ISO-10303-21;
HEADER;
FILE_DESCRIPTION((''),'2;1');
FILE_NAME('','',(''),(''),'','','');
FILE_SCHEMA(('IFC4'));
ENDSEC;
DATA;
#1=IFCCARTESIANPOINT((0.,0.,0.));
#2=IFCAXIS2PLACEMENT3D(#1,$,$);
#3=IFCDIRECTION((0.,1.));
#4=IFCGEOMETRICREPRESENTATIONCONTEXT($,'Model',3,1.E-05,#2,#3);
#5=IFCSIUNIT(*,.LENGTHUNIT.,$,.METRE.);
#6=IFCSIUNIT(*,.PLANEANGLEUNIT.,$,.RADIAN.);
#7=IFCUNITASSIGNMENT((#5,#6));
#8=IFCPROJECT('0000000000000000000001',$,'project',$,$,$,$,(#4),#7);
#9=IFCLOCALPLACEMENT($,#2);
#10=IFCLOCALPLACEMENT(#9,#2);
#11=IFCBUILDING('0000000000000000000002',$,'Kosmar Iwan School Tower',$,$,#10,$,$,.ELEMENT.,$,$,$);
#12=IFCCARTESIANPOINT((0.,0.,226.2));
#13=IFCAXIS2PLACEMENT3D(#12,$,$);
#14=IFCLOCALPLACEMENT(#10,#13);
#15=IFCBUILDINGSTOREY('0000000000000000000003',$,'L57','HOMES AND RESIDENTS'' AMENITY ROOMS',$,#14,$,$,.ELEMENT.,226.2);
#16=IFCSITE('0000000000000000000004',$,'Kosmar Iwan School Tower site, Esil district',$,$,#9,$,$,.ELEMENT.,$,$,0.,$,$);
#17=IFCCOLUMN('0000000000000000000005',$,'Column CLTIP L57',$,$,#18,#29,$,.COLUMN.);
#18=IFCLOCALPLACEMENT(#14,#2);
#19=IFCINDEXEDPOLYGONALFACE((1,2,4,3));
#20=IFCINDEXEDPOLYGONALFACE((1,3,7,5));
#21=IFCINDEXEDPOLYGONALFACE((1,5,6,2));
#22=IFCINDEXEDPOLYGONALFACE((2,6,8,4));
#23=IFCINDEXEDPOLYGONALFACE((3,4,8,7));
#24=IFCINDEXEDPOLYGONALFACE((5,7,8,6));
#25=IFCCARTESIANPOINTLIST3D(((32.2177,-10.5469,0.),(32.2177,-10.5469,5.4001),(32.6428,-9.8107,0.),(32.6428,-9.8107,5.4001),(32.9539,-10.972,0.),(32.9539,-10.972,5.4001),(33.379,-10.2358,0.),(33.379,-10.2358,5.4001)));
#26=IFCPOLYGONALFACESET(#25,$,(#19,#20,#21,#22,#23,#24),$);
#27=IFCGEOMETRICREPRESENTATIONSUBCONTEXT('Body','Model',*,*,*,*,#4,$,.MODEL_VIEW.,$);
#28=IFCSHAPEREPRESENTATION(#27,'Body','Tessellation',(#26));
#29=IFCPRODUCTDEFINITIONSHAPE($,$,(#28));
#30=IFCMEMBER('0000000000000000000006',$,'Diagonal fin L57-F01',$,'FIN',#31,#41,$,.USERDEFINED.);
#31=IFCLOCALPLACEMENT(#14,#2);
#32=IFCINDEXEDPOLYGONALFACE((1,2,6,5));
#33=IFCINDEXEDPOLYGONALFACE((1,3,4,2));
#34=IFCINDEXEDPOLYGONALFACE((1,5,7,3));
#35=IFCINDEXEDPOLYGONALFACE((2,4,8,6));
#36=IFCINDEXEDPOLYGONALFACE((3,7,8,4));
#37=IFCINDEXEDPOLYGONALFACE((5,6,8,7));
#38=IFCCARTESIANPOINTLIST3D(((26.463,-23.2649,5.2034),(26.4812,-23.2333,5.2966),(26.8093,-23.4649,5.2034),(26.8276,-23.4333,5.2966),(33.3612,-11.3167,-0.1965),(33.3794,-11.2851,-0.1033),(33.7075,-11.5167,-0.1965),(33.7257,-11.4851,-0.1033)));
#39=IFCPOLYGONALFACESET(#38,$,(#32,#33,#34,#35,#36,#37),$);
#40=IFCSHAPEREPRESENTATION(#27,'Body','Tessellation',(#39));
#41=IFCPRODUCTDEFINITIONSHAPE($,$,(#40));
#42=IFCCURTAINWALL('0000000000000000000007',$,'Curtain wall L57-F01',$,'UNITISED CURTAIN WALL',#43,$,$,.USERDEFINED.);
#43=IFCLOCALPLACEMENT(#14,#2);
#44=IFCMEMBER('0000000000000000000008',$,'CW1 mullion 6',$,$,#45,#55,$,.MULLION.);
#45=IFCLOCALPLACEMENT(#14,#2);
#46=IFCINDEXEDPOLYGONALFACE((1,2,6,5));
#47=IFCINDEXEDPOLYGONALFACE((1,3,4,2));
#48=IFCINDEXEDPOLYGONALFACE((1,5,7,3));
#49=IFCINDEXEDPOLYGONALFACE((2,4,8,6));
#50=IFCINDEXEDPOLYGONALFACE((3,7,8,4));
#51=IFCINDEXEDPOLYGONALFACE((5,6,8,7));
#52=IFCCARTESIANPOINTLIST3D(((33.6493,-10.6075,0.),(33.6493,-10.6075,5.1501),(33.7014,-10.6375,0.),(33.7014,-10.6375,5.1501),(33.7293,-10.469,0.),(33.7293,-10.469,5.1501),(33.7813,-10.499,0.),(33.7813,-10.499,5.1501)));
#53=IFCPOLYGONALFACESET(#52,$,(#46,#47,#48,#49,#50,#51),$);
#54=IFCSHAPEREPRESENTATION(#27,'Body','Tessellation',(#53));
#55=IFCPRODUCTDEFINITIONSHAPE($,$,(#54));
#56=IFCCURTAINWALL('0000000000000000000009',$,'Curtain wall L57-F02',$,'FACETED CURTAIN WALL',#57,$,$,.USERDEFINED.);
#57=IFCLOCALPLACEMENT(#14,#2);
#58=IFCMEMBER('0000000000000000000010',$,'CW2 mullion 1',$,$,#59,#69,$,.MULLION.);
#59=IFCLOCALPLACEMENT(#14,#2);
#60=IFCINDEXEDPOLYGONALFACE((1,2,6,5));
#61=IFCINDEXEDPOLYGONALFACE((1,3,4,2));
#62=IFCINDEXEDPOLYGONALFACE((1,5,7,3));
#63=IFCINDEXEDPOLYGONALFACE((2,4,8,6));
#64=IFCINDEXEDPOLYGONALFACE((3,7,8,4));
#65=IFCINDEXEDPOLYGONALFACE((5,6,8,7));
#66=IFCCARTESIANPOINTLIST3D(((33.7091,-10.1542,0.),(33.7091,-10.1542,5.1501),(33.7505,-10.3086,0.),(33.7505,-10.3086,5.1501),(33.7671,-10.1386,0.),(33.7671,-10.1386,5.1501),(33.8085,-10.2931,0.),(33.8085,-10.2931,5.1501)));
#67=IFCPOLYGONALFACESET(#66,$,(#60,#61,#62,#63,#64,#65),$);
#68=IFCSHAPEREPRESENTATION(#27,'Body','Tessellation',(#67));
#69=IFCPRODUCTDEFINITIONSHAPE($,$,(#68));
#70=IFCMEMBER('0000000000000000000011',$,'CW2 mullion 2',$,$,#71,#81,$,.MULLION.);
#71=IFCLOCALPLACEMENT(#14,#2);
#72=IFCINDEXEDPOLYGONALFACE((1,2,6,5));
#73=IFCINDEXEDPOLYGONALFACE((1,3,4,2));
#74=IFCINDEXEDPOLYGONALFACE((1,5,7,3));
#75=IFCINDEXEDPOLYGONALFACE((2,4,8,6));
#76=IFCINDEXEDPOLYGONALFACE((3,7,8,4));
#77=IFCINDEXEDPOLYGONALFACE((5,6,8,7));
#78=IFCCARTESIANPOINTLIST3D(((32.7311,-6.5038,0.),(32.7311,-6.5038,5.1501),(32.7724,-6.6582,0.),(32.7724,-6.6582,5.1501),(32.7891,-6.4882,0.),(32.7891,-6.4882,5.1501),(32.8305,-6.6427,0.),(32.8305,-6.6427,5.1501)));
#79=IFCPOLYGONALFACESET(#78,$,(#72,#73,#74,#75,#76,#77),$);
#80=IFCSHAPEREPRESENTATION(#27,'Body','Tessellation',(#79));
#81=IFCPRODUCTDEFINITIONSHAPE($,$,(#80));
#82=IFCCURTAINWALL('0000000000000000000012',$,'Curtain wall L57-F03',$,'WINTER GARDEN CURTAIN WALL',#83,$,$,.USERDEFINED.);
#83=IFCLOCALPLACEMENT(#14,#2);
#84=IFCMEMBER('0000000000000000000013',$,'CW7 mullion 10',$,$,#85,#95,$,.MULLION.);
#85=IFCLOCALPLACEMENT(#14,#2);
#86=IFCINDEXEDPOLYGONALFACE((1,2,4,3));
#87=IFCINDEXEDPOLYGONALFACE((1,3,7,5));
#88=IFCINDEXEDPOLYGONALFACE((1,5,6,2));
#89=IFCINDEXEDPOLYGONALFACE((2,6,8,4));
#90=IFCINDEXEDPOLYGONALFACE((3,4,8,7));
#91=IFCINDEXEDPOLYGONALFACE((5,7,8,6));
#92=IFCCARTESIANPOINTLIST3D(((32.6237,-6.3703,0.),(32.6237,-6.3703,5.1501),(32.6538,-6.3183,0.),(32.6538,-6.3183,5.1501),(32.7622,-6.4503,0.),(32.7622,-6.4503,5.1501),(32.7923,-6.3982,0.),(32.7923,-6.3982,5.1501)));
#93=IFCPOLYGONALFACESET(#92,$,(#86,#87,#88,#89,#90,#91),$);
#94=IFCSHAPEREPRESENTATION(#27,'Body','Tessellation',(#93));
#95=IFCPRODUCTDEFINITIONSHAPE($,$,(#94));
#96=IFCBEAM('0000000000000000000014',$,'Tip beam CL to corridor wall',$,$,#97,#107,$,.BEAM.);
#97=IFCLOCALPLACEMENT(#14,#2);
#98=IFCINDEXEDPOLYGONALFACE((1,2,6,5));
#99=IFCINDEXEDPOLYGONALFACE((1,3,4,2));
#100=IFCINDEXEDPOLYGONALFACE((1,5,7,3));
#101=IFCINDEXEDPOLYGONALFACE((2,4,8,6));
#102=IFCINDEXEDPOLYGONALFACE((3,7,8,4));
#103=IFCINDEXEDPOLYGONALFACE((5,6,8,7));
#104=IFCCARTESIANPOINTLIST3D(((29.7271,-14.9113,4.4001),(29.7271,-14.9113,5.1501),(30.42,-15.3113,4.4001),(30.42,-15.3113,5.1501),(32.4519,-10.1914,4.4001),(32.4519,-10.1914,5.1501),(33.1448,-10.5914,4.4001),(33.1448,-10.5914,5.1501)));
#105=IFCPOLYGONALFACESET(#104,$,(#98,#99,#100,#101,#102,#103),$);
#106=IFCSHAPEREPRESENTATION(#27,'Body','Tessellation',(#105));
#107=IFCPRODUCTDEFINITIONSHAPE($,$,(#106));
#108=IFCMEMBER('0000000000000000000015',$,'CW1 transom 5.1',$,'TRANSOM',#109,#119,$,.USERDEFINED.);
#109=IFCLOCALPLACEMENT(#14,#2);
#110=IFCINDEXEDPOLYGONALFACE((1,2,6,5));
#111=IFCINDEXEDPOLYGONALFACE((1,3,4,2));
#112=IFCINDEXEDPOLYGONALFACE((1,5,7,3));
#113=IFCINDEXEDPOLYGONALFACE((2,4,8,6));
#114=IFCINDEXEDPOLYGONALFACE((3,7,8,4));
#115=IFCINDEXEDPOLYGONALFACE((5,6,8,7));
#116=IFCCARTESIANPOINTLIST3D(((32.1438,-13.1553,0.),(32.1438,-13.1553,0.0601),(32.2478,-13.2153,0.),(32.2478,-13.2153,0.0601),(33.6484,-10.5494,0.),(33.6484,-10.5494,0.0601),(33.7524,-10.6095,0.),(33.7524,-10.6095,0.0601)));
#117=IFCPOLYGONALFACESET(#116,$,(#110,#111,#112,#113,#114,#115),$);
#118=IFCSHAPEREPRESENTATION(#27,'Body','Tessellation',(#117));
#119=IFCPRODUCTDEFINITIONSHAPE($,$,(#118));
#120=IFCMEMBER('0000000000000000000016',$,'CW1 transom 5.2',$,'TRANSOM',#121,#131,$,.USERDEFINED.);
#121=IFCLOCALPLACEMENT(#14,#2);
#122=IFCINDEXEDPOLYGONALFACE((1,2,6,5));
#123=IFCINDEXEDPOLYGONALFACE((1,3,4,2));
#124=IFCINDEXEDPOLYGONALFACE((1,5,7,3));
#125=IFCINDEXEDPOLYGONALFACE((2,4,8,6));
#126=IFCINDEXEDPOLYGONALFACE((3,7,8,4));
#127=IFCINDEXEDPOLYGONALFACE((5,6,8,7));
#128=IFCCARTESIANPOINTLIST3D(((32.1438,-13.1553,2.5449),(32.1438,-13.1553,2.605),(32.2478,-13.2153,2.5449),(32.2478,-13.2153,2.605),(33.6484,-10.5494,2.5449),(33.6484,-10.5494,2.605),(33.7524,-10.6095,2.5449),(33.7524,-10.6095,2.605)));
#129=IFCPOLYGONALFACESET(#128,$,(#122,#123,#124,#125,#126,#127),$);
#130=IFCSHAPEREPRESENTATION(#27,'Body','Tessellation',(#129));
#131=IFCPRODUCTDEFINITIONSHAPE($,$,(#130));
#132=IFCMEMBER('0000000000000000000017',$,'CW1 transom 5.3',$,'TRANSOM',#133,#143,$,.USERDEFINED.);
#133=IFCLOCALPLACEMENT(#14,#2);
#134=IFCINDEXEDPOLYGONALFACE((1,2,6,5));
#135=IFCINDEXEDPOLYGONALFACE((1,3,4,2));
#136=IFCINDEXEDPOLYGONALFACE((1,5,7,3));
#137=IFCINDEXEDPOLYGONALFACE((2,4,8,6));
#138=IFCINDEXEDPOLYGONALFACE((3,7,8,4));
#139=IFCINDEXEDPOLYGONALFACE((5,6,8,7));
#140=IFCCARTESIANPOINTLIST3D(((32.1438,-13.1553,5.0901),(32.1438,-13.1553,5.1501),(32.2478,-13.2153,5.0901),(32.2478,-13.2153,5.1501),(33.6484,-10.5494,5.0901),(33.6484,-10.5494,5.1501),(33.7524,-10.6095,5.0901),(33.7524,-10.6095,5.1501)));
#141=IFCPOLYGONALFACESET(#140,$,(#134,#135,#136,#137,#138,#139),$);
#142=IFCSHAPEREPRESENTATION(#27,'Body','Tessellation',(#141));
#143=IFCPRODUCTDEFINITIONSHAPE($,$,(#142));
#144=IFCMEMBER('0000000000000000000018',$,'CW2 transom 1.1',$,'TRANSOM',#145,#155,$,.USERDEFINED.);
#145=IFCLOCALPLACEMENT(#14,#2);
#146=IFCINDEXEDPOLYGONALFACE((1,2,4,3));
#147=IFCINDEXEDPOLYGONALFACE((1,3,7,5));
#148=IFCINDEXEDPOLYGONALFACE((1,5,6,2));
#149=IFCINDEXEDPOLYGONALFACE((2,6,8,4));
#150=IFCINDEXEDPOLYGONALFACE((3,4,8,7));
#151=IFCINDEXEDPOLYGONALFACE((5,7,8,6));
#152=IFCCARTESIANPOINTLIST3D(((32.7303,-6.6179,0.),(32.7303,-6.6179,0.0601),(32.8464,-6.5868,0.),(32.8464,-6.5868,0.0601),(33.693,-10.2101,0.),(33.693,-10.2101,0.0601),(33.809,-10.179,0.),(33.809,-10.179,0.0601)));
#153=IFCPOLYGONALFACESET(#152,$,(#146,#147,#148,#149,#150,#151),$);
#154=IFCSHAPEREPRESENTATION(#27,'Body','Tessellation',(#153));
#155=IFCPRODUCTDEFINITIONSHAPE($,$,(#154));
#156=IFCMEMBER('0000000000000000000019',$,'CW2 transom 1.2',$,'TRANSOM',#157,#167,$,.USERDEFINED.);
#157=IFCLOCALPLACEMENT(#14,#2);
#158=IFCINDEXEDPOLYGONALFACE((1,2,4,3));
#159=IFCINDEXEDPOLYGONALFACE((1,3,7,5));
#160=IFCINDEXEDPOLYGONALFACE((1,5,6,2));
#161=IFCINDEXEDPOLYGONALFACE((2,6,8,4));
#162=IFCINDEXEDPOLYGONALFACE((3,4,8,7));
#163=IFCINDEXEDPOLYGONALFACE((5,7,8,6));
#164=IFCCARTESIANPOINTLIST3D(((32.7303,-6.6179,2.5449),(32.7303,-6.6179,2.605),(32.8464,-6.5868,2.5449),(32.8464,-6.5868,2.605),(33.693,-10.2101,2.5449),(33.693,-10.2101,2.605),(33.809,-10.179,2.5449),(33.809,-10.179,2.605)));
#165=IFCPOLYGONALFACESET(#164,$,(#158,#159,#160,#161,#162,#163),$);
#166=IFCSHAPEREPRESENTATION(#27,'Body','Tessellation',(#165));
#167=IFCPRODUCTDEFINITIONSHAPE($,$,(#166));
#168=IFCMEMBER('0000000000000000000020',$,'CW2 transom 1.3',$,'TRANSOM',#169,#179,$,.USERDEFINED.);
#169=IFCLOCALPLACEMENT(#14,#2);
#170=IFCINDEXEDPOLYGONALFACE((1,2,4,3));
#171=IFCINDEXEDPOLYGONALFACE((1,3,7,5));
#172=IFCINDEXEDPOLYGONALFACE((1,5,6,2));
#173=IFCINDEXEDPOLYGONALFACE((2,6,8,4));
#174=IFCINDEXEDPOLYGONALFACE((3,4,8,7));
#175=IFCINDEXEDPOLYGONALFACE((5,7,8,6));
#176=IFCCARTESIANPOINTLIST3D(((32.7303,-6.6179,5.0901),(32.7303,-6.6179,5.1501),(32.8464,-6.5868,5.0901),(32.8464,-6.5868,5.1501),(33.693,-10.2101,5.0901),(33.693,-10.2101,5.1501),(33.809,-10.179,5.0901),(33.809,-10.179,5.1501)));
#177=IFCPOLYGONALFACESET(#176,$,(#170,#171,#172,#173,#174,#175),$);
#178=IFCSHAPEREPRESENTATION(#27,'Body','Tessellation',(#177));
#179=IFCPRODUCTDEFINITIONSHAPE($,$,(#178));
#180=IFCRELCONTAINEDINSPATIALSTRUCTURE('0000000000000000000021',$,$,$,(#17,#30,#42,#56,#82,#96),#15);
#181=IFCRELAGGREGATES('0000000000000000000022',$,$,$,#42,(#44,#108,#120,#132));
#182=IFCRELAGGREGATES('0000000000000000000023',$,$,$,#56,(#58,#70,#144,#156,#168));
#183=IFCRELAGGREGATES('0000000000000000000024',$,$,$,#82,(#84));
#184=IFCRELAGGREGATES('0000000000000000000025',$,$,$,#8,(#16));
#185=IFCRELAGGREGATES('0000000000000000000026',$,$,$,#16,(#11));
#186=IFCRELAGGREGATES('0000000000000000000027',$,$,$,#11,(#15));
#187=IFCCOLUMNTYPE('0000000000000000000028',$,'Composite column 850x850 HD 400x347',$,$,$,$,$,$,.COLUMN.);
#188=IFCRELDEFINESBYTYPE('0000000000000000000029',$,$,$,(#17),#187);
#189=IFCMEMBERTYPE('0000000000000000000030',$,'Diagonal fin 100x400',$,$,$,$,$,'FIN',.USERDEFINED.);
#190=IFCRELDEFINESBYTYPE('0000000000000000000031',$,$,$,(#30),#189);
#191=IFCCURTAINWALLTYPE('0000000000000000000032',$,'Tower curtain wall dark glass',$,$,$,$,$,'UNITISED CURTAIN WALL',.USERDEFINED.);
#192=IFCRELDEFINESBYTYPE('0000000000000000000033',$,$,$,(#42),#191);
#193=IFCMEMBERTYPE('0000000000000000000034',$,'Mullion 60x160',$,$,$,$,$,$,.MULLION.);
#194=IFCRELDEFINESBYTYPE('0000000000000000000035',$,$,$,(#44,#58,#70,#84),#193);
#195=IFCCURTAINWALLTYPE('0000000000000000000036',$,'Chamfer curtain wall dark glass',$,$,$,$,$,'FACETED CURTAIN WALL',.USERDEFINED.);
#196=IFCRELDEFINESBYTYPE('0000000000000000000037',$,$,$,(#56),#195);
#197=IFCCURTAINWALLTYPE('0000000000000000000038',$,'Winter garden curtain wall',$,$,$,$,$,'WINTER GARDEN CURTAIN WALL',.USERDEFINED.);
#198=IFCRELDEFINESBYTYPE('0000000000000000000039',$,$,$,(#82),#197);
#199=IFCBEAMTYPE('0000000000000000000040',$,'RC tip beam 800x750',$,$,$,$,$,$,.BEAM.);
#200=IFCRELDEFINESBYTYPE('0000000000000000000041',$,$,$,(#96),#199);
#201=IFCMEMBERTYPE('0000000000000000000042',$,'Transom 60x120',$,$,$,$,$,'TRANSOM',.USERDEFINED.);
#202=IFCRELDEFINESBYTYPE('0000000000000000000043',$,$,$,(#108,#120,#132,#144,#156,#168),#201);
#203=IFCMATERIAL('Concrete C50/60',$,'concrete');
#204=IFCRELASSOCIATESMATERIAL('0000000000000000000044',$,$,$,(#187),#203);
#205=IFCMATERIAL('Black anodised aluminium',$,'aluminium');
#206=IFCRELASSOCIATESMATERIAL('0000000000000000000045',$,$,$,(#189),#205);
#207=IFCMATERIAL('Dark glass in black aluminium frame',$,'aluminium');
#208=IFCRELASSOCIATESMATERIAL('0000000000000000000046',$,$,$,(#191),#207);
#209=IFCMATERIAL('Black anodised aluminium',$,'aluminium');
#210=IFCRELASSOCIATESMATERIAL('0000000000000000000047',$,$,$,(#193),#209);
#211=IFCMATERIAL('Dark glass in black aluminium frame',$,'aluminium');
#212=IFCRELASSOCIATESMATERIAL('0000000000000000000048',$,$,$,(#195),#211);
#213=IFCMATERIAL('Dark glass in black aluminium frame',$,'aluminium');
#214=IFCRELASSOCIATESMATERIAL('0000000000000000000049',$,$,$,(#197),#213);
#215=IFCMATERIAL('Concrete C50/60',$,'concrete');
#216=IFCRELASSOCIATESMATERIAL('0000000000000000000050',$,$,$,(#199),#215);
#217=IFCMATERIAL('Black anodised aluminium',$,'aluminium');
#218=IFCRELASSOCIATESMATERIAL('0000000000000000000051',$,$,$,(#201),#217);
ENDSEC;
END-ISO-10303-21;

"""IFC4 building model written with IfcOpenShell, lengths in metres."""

from ifc_helpers import new_model, si_unit, direction, frame, origin, origin_2d, place, context, subcontext, project, spatial, rectangle, extrude, material, material_profile, profile_set, type_object, element, aggregate, save


model = new_model("IFC4")

# Units and contexts
model_context = context("Model", 3, precision=1e-05, world=origin(), true_north=direction((0.0, 1.0)))
body_context = subcontext(model_context, "Body", "Model", "MODEL_VIEW")
ifc_project = project(units=[si_unit("LENGTHUNIT", "METRE"), si_unit("PLANEANGLEUNIT", "RADIAN")], contexts=[model_context])

# Site, building, storey
site_placement = place(None, origin())
site = spatial("IfcSite", under=ifc_project, at=site_placement, Name="Kosmar Iwan School Tower site, Esil district", CompositionType="ELEMENT", RefElevation=0.0)
building_placement = place(site_placement, origin())
building = spatial("IfcBuilding", under=site, at=building_placement, Name="Kosmar Iwan School Tower", CompositionType="ELEMENT")
storey_placement = place(building_placement, frame((0.0, 0.0, 226.2)))
storey = spatial("IfcBuildingStorey", under=building, at=storey_placement, Name="L57", Description="HOMES AND RESIDENTS' AMENITY ROOMS", CompositionType="ELEMENT", Elevation=226.2)

# Column
ifc_material_1 = material(Name="Concrete C50/60", Category="concrete")
ifc_material_profile_1 = material_profile(ifc_material_1, rectangle(XDim=0.8501, YDim=0.8501, at=origin_2d()), Name="RC 850x850 + HD 400x347")
ifc_profile_set_1 = profile_set([ifc_material_profile_1], Name="Concrete C50/60")
column_type = type_object("IfcColumnType", Name="Composite column 850x850 HD 400x347", PredefinedType="COLUMN", material=ifc_profile_set_1)
column_placement = place(storey_placement, frame((32.7983, -10.3914, 0.0), z_axis=(0.0, 0.0, 1.0), x_axis=(0.866025, -0.5, 0.0)))
element("IfcColumn", 1, at=column_placement, inside=storey, type_object=column_type, Name="Column CLTIP L57", PredefinedType="COLUMN", context=body_context, shape_type="SweptSolid", body=[
    extrude(rectangle(XDim=0.8501, YDim=0.8501, at=origin_2d()), origin(), (0.0, 0.0, 1.0), 5.4001),
])

# Member
ifc_material_2 = material(Name="Black anodised aluminium", Category="aluminium")
ifc_material_profile_2 = material_profile(ifc_material_2, rectangle(XDim=0.1001, YDim=0.3999, at=origin_2d()), Name="FIN 100x400")
ifc_profile_set_2 = profile_set([ifc_material_profile_2], Name="Black anodised aluminium")
member_type_1 = type_object("IfcMemberType", Name="Diagonal fin 100x400", ElementType="FIN", PredefinedType="USERDEFINED", material=ifc_profile_set_2)
member_1_placement = place(storey_placement, frame((33.5435, -11.4009, -0.1499), z_axis=(-0.465601, -0.806459, 0.364472), x_axis=(0.182233, 0.315643, 0.931214)))
element("IfcMember", 2, at=member_1_placement, inside=storey, type_object=member_type_1, Name="Diagonal fin L57-F01", ObjectType="FIN", PredefinedType="USERDEFINED", context=body_context, shape_type="SweptSolid", body=[
    extrude(rectangle(XDim=0.1001, YDim=0.3999, at=origin_2d()), origin(), (0.0, 0.0, 1.0), 14.8157),
])

# Curtain wall, member
ifc_material_3 = material(Name="Dark glass in black aluminium frame", Category="aluminium")
curtain_wall_type_1 = type_object("IfcCurtainWallType", Name="Tower curtain wall dark glass", ElementType="UNITISED CURTAIN WALL", PredefinedType="USERDEFINED", material=ifc_material_3)
curtain_wall_1_placement = place(storey_placement, origin())
curtain_wall_1 = element("IfcCurtainWall", 3, at=curtain_wall_1_placement, inside=storey, type_object=curtain_wall_type_1, Name="Curtain wall L57-F01", ObjectType="UNITISED CURTAIN WALL", PredefinedType="USERDEFINED")
ifc_material_4 = material(Name="Black anodised aluminium", Category="aluminium")
ifc_material_profile_3 = material_profile(ifc_material_4, rectangle(XDim=0.0601, YDim=0.1599, at=origin_2d()), Name="MULLION 60x160")
ifc_profile_set_3 = profile_set([ifc_material_profile_3], Name="Black anodised aluminium")
member_type_2 = type_object("IfcMemberType", Name="Mullion 60x160", PredefinedType="MULLION", material=ifc_profile_set_3)
member_2_placement = place(storey_placement, frame((33.7153, -10.5532, 0.0), z_axis=(0.0, 0.0, 1.0), x_axis=(-0.866025, 0.5, 0.0)))
member_2 = element("IfcMember", 4, at=member_2_placement, type_object=member_type_2, Name="CW1 mullion 6", PredefinedType="MULLION", context=body_context, shape_type="SweptSolid", body=[
    extrude(rectangle(XDim=0.0601, YDim=0.1599, at=origin_2d()), origin(), (0.0, 0.0, 1.0), 5.1501),
])

# Curtain wall, members
ifc_material_5 = material(Name="Dark glass in black aluminium frame", Category="aluminium")
curtain_wall_type_2 = type_object("IfcCurtainWallType", Name="Chamfer curtain wall dark glass", ElementType="FACETED CURTAIN WALL", PredefinedType="USERDEFINED", material=ifc_material_5)
curtain_wall_2_placement = place(storey_placement, origin())
curtain_wall_2 = element("IfcCurtainWall", 5, at=curtain_wall_2_placement, inside=storey, type_object=curtain_wall_type_2, Name="Curtain wall L57-F02", ObjectType="FACETED CURTAIN WALL", PredefinedType="USERDEFINED")
member_3_placement = place(storey_placement, frame((33.7588, -10.2236, 0.0), z_axis=(0.0, 0.0, 1.0), x_axis=(-0.965926, -0.258819, 0.0)))
member_3 = element("IfcMember", 6, at=member_3_placement, type_object=member_type_2, Name="CW2 mullion 1", PredefinedType="MULLION", context=body_context, shape_type="SweptSolid", body=[
    extrude(rectangle(XDim=0.0601, YDim=0.1599, at=origin_2d()), origin(), (0.0, 0.0, 1.0), 5.1501),
])
member_4_placement = place(storey_placement, frame((32.7808, -6.5732, 0.0), z_axis=(0.0, 0.0, 1.0), x_axis=(-0.965926, -0.258819, 0.0)))
member_4 = element("IfcMember", 7, at=member_4_placement, type_object=member_type_2, Name="CW2 mullion 2", PredefinedType="MULLION", context=body_context, shape_type="SweptSolid", body=[
    extrude(rectangle(XDim=0.0601, YDim=0.1599, at=origin_2d()), origin(), (0.0, 0.0, 1.0), 5.1501),
])

# Curtain wall, member
ifc_material_6 = material(Name="Dark glass in black aluminium frame", Category="aluminium")
curtain_wall_type_3 = type_object("IfcCurtainWallType", Name="Winter garden curtain wall", ElementType="WINTER GARDEN CURTAIN WALL", PredefinedType="USERDEFINED", material=ifc_material_6)
curtain_wall_3_placement = place(storey_placement, origin())
curtain_wall_3 = element("IfcCurtainWall", 8, at=curtain_wall_3_placement, inside=storey, type_object=curtain_wall_type_3, Name="Curtain wall L57-F03", ObjectType="WINTER GARDEN CURTAIN WALL", PredefinedType="USERDEFINED")
member_5_placement = place(storey_placement, frame((32.708, -6.3843, 0.0), z_axis=(0.0, 0.0, 1.0), x_axis=(0.5, 0.866025, 0.0)))
member_5 = element("IfcMember", 9, at=member_5_placement, type_object=member_type_2, Name="CW7 mullion 10", PredefinedType="MULLION", context=body_context, shape_type="SweptSolid", body=[
    extrude(rectangle(XDim=0.0601, YDim=0.1599, at=origin_2d()), origin(), (0.0, 0.0, 1.0), 5.1501),
])

# Beam
ifc_material_7 = material(Name="Concrete C50/60", Category="concrete")
ifc_material_profile_4 = material_profile(ifc_material_7, rectangle(XDim=0.8, YDim=0.75, at=origin_2d()), Name="RC 800x750")
ifc_profile_set_4 = profile_set([ifc_material_profile_4], Name="Concrete C50/60")
beam_type = type_object("IfcBeamType", Name="RC tip beam 800x750", PredefinedType="BEAM", material=ifc_profile_set_4)
beam_placement = place(storey_placement, frame((32.7983, -10.3914, 4.7751), z_axis=(-0.499969, -0.866043, 0.0), x_axis=(0.866043, -0.499969, 0.0)))
element("IfcBeam", 10, at=beam_placement, inside=storey, type_object=beam_type, Name="Tip beam CL to corridor wall", PredefinedType="BEAM", context=body_context, shape_type="SweptSolid", body=[
    extrude(rectangle(XDim=0.8, YDim=0.75, at=origin_2d()), origin(), (0.0, 0.0, 1.0), 5.45),
])

# Members
ifc_material_8 = material(Name="Black anodised aluminium", Category="aluminium")
ifc_material_profile_5 = material_profile(ifc_material_8, rectangle(XDim=0.1201, YDim=0.0601, at=origin_2d()), Name="TRANSOM 60x120")
ifc_profile_set_5 = profile_set([ifc_material_profile_5], Name="Black anodised aluminium")
member_type_3 = type_object("IfcMemberType", Name="Transom 60x120", ElementType="TRANSOM", PredefinedType="USERDEFINED", material=ifc_profile_set_5)
member_6_placement = place(storey_placement, frame((32.1958, -13.1853, 0.03), z_axis=(0.500022, 0.866013, 0.0), x_axis=(-0.866013, 0.500022, 0.0)))
member_6 = element("IfcMember", 11, at=member_6_placement, type_object=member_type_3, Name="CW1 transom 5.1", ObjectType="TRANSOM", PredefinedType="USERDEFINED", context=body_context, shape_type="SweptSolid", body=[
    extrude(rectangle(XDim=0.1201, YDim=0.0601, at=origin_2d()), origin(), (0.0, 0.0, 1.0), 3.009),
])
member_7_placement = place(storey_placement, frame((32.1958, -13.1853, 2.575), z_axis=(0.500022, 0.866013, 0.0), x_axis=(-0.866013, 0.500022, 0.0)))
member_7 = element("IfcMember", 12, at=member_7_placement, type_object=member_type_3, Name="CW1 transom 5.2", ObjectType="TRANSOM", PredefinedType="USERDEFINED", context=body_context, shape_type="SweptSolid", body=[
    extrude(rectangle(XDim=0.1201, YDim=0.0601, at=origin_2d()), origin(), (0.0, 0.0, 1.0), 3.009),
])
member_8_placement = place(storey_placement, frame((32.1958, -13.1853, 5.1201), z_axis=(0.500022, 0.866013, 0.0), x_axis=(-0.866013, 0.500022, 0.0)))
member_8 = element("IfcMember", 13, at=member_8_placement, type_object=member_type_3, Name="CW1 transom 5.3", ObjectType="TRANSOM", PredefinedType="USERDEFINED", context=body_context, shape_type="SweptSolid", body=[
    extrude(rectangle(XDim=0.1201, YDim=0.0601, at=origin_2d()), origin(), (0.0, 0.0, 1.0), 3.009),
])
member_9_placement = place(storey_placement, frame((33.751, -10.1946, 0.03), z_axis=(-0.258843, 0.965919, 0.0), x_axis=(-0.965919, -0.258843, 0.0)))
member_9 = element("IfcMember", 14, at=member_9_placement, type_object=member_type_3, Name="CW2 transom 1.1", ObjectType="TRANSOM", PredefinedType="USERDEFINED", context=body_context, shape_type="SweptSolid", body=[
    extrude(rectangle(XDim=0.1201, YDim=0.0601, at=origin_2d()), origin(), (0.0, 0.0, 1.0), 3.719),
])
member_10_placement = place(storey_placement, frame((33.751, -10.1946, 2.575), z_axis=(-0.258843, 0.965919, 0.0), x_axis=(-0.965919, -0.258843, 0.0)))
member_10 = element("IfcMember", 15, at=member_10_placement, type_object=member_type_3, Name="CW2 transom 1.2", ObjectType="TRANSOM", PredefinedType="USERDEFINED", context=body_context, shape_type="SweptSolid", body=[
    extrude(rectangle(XDim=0.1201, YDim=0.0601, at=origin_2d()), origin(), (0.0, 0.0, 1.0), 3.719),
])
member_11_placement = place(storey_placement, frame((33.751, -10.1946, 5.1201), z_axis=(-0.258843, 0.965919, 0.0), x_axis=(-0.965919, -0.258843, 0.0)))
member_11 = element("IfcMember", 16, at=member_11_placement, type_object=member_type_3, Name="CW2 transom 1.3", ObjectType="TRANSOM", PredefinedType="USERDEFINED", context=body_context, shape_type="SweptSolid", body=[
    extrude(rectangle(XDim=0.1201, YDim=0.0601, at=origin_2d()), origin(), (0.0, 0.0, 1.0), 3.719),
])

aggregate(curtain_wall_1, [member_2, member_6, member_7, member_8])
aggregate(curtain_wall_2, [member_3, member_4, member_9, member_10, member_11])
aggregate(curtain_wall_3, [member_5])

save(model, "model.ifc")
